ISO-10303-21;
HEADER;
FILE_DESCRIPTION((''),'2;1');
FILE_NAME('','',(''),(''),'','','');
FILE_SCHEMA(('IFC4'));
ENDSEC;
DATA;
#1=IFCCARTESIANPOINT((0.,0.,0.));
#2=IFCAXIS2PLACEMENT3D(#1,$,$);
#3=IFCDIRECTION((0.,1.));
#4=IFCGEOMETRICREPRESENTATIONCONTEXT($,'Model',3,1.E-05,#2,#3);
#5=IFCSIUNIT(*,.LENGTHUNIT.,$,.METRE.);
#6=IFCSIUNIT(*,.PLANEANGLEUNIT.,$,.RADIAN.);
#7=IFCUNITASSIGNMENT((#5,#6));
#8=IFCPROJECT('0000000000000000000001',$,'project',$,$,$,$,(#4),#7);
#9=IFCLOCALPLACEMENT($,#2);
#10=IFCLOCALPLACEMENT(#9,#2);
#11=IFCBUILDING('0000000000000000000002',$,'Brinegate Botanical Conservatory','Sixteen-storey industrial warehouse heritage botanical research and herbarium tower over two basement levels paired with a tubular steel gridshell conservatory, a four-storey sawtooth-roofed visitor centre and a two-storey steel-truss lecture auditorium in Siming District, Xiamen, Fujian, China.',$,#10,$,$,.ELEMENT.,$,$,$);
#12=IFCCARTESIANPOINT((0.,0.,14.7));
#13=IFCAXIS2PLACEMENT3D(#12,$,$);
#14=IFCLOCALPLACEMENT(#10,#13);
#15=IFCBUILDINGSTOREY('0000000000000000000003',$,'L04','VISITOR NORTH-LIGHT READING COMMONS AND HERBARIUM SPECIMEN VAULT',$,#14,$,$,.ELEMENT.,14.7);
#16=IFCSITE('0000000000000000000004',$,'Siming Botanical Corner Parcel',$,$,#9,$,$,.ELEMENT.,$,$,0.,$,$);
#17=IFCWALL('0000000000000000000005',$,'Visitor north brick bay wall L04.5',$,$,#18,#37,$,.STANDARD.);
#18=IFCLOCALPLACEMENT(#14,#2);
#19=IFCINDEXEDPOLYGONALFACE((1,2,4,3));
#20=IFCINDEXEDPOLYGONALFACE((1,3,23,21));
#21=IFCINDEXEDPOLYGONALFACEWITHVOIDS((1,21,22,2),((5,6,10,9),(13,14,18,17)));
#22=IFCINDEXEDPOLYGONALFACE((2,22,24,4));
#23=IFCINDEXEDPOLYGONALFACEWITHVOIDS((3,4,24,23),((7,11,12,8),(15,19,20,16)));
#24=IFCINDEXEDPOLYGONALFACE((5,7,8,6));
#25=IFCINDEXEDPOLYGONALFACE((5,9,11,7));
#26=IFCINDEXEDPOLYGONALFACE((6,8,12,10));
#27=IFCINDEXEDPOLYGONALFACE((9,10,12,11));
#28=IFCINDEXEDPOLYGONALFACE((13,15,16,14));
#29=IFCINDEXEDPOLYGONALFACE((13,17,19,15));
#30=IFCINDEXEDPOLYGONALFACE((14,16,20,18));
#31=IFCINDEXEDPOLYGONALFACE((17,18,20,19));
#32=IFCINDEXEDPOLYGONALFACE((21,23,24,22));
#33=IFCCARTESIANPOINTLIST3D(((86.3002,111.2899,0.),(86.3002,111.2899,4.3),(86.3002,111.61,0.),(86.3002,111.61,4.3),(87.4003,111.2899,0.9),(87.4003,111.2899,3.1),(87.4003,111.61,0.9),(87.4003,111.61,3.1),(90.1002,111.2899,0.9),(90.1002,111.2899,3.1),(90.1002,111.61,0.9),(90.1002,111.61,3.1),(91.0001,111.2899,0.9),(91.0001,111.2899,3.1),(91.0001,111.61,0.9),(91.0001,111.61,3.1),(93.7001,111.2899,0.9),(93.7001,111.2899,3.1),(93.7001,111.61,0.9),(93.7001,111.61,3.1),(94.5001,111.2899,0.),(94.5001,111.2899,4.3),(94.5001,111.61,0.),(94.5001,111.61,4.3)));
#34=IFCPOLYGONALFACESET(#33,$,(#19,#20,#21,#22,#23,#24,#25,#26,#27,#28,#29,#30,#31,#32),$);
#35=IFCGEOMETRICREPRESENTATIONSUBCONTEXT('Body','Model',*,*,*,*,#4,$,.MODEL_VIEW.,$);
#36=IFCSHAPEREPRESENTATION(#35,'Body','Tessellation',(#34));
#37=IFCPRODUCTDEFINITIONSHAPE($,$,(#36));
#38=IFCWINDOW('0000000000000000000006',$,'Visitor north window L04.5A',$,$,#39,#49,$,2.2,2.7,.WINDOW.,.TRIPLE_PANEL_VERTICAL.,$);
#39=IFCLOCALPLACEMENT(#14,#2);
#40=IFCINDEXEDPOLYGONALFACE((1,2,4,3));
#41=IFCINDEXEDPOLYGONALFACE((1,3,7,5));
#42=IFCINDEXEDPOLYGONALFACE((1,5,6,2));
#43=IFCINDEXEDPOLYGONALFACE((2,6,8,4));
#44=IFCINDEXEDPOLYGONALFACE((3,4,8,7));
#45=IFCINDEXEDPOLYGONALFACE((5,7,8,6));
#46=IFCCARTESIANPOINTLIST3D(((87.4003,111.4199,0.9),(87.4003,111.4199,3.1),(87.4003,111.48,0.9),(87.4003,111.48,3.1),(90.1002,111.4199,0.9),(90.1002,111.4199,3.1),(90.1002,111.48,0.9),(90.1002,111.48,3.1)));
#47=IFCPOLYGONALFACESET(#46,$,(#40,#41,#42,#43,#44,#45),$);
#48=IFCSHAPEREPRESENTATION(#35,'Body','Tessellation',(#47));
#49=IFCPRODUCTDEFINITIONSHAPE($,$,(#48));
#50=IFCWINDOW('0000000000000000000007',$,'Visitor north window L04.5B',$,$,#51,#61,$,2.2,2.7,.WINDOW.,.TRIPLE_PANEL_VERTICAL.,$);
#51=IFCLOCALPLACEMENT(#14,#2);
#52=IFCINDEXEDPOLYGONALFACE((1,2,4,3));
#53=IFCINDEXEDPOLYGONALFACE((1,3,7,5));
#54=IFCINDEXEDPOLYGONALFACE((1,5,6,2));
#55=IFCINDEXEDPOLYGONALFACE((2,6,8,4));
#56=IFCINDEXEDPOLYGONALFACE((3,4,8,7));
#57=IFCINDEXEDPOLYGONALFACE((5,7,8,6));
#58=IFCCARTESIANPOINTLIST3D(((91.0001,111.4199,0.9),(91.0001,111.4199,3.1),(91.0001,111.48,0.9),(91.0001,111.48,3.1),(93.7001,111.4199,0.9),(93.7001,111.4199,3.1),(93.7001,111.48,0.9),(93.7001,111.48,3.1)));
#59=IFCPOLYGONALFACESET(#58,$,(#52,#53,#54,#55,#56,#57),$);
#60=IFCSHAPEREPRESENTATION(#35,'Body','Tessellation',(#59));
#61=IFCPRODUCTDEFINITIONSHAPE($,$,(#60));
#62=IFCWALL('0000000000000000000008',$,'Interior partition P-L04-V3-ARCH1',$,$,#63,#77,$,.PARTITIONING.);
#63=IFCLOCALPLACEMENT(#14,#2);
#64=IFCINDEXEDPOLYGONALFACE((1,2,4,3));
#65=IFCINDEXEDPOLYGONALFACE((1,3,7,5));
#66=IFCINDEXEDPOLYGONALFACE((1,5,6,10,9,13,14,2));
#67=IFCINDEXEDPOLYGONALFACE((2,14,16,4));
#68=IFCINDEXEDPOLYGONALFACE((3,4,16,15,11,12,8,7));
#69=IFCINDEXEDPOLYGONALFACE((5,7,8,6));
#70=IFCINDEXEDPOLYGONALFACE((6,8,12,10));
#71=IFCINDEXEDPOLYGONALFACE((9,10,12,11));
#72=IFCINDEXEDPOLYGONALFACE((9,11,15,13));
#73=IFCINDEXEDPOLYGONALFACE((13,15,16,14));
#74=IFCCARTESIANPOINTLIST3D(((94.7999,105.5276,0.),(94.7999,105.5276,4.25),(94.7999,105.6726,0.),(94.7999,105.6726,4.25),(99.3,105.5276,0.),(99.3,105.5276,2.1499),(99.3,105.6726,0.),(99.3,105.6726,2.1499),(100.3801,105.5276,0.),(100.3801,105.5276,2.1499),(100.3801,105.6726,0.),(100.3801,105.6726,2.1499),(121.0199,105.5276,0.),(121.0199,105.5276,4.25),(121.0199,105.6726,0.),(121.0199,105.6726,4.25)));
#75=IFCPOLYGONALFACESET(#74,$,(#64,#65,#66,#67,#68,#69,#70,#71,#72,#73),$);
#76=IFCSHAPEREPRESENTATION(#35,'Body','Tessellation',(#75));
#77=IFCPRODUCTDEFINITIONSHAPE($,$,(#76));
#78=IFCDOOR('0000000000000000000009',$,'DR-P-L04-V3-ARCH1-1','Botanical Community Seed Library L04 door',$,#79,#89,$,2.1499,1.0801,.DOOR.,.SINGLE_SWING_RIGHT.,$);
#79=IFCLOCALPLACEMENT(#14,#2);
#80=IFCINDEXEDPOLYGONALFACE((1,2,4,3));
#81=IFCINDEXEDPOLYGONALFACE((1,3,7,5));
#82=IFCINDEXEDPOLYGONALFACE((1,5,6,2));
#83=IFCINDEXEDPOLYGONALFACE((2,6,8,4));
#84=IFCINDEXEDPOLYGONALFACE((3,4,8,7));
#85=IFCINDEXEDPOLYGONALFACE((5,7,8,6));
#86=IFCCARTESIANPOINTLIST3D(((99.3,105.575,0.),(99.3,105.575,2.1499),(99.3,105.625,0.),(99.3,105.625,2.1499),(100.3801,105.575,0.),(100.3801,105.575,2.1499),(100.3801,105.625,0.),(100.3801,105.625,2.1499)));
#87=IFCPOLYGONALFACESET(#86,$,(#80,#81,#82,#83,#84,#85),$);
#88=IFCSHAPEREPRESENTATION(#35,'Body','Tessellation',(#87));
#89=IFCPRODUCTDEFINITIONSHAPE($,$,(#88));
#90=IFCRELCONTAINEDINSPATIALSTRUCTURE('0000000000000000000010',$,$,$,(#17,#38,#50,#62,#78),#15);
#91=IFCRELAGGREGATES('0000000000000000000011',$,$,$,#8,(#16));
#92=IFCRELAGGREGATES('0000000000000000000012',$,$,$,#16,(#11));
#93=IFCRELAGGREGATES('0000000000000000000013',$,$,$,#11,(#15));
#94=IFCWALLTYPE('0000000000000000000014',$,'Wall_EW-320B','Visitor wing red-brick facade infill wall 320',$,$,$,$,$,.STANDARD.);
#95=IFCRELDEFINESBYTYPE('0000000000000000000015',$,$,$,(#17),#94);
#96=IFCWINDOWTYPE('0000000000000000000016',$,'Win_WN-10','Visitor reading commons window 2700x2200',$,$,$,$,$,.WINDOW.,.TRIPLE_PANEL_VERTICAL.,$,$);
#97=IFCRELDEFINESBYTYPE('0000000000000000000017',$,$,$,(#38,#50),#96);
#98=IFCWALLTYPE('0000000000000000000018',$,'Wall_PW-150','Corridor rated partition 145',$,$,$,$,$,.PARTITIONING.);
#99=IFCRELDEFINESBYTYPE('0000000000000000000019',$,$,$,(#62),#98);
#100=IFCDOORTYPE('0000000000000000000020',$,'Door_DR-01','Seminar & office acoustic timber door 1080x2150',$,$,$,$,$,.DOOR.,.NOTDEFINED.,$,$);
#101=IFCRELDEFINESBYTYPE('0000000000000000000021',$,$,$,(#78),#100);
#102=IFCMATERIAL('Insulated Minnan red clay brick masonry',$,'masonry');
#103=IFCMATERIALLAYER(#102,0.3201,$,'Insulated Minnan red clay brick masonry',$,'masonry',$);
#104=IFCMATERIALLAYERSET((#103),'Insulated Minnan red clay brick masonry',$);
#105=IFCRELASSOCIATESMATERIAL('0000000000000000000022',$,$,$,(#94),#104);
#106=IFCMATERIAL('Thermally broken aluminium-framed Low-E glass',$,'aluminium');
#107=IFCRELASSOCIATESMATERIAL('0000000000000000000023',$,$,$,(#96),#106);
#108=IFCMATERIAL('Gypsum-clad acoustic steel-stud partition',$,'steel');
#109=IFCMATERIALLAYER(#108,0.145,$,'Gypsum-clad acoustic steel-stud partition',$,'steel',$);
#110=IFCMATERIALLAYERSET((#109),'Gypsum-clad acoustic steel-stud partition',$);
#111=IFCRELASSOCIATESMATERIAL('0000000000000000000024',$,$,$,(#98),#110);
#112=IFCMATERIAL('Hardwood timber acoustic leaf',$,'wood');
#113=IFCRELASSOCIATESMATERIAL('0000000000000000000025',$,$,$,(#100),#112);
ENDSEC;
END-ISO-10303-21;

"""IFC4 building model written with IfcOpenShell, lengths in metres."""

from ifc_helpers import new_model, si_unit, direction, frame, frame_2d, origin, place, context, subcontext, project, spatial, rectangle, extrude, material, layer, layer_set, type_object, element, fill, save


model = new_model("IFC4")

# Units and contexts
model_context = context("Model", 3, precision=1e-05, world=origin(), true_north=direction((0.0, 1.0)))
body_context = subcontext(model_context, "Body", "Model", "MODEL_VIEW")
ifc_project = project(units=[si_unit("LENGTHUNIT", "METRE"), si_unit("PLANEANGLEUNIT", "RADIAN")], contexts=[model_context])

# Site, building, storey
site_placement = place(None, origin())
site = spatial("IfcSite", under=ifc_project, at=site_placement, Name="Siming Botanical Corner Parcel", CompositionType="ELEMENT", RefElevation=0.0)
building_placement = place(site_placement, origin())
building = spatial("IfcBuilding", under=site, at=building_placement, Name="Brinegate Botanical Conservatory", Description="Sixteen-storey industrial warehouse heritage botanical research and herbarium tower over two basement levels paired with a tubular steel gridshell conservatory, a four-storey sawtooth-roofed visitor centre and a two-storey steel-truss lecture auditorium in Siming District, Xiamen, Fujian, China.", CompositionType="ELEMENT")
storey_placement = place(building_placement, frame((0.0, 0.0, 14.7)))
storey = spatial("IfcBuildingStorey", under=building, at=storey_placement, Name="L04", Description="VISITOR NORTH-LIGHT READING COMMONS AND HERBARIUM SPECIMEN VAULT", CompositionType="ELEMENT", Elevation=14.7)

# Wall, openings, windows
ifc_material_1 = material(Name="Insulated Minnan red clay brick masonry", Category="masonry")
ifc_layer_1 = layer(ifc_material_1, 0.3201, Name="Insulated Minnan red clay brick masonry", Category="masonry")
ifc_layer_set_1 = layer_set([ifc_layer_1], Name="Insulated Minnan red clay brick masonry")
wall_type_1 = type_object("IfcWallType", Name="Wall_EW-320B", Description="Visitor wing red-brick facade infill wall 320", PredefinedType="STANDARD", material=ifc_layer_set_1)
wall_1_placement = place(storey_placement, frame((86.3, 111.45, 0.0), z_axis=(0.0, 0.0, 1.0), x_axis=(1.0, 0.0, 0.0)))
wall_1 = element("IfcWall", 1, at=wall_1_placement, inside=storey, type_object=wall_type_1, Name="Visitor north brick bay wall L04.5", PredefinedType="STANDARD", context=body_context, shape_type="SweptSolid", body=[
    extrude(rectangle(XDim=8.2, YDim=0.3201, at=frame_2d((4.1001, 0.0))), origin(), (0.0, 0.0, 1.0), 4.3),
])
opening_1_placement = place(wall_1_placement, frame((1.1001, 0.0, 0.8999)))
opening_1 = element("IfcOpeningElement", 2, at=opening_1_placement, cuts=wall_1, PredefinedType="OPENING", context=body_context, shape_type="SweptSolid", body=[
    extrude(rectangle(XDim=2.7, YDim=2.2, at=frame_2d((1.3501, 1.1001))), frame((0.0, 0.1699, 0.0), z_axis=(0.0, -1.0, 0.0), x_axis=(1.0, 0.0, 0.0)), (0.0, 0.0, 1.0), 0.3401),
])
opening_2_placement = place(wall_1_placement, frame((4.7, 0.0, 0.8999)))
opening_2 = element("IfcOpeningElement", 3, at=opening_2_placement, cuts=wall_1, PredefinedType="OPENING", context=body_context, shape_type="SweptSolid", body=[
    extrude(rectangle(XDim=2.7, YDim=2.2, at=frame_2d((1.3501, 1.1001))), frame((0.0, 0.1699, 0.0), z_axis=(0.0, -1.0, 0.0), x_axis=(1.0, 0.0, 0.0)), (0.0, 0.0, 1.0), 0.3401),
])
ifc_material_2 = material(Name="Thermally broken aluminium-framed Low-E glass", Category="aluminium")
window_type = type_object("IfcWindowType", Name="Win_WN-10", Description="Visitor reading commons window 2700x2200", PartitioningType="TRIPLE_PANEL_VERTICAL", PredefinedType="WINDOW", material=ifc_material_2)
window_1_placement = place(opening_1_placement, origin())
window_1 = element("IfcWindow", 4, at=window_1_placement, inside=storey, type_object=window_type, Name="Visitor north window L04.5A", OverallHeight=2.2, OverallWidth=2.7, PartitioningType="TRIPLE_PANEL_VERTICAL", PredefinedType="WINDOW", context=body_context, shape_type="SweptSolid", body=[
    extrude(rectangle(XDim=2.7, YDim=2.2, at=frame_2d((1.3501, 1.1001))), frame((0.0, 0.03, 0.0), z_axis=(0.0, -1.0, 0.0), x_axis=(1.0, 0.0, 0.0)), (0.0, 0.0, 1.0), 0.0601),
])
fill(opening_1, window_1)
window_2_placement = place(opening_2_placement, origin())
window_2 = element("IfcWindow", 5, at=window_2_placement, inside=storey, type_object=window_type, Name="Visitor north window L04.5B", OverallHeight=2.2, OverallWidth=2.7, PartitioningType="TRIPLE_PANEL_VERTICAL", PredefinedType="WINDOW", context=body_context, shape_type="SweptSolid", body=[
    extrude(rectangle(XDim=2.7, YDim=2.2, at=frame_2d((1.3501, 1.1001))), frame((0.0, 0.03, 0.0), z_axis=(0.0, -1.0, 0.0), x_axis=(1.0, 0.0, 0.0)), (0.0, 0.0, 1.0), 0.0601),
])
fill(opening_2, window_2)

# Wall, opening, door
ifc_material_3 = material(Name="Gypsum-clad acoustic steel-stud partition", Category="steel")
ifc_layer_2 = layer(ifc_material_3, 0.145, Name="Gypsum-clad acoustic steel-stud partition", Category="steel")
ifc_layer_set_2 = layer_set([ifc_layer_2], Name="Gypsum-clad acoustic steel-stud partition")
wall_type_2 = type_object("IfcWallType", Name="Wall_PW-150", Description="Corridor rated partition 145", PredefinedType="PARTITIONING", material=ifc_layer_set_2)
wall_2_placement = place(storey_placement, frame((94.8, 105.6001, 0.0), z_axis=(0.0, 0.0, 1.0), x_axis=(1.0, 0.0, 0.0)))
wall_2 = element("IfcWall", 6, at=wall_2_placement, inside=storey, type_object=wall_type_2, Name="Interior partition P-L04-V3-ARCH1", PredefinedType="PARTITIONING", context=body_context, shape_type="SweptSolid", body=[
    extrude(rectangle(XDim=26.22, YDim=0.145, at=frame_2d((13.1099, 0.0))), origin(), (0.0, 0.0, 1.0), 4.25),
])
opening_3_placement = place(wall_2_placement, frame((4.5, 0.0, 0.0)))
opening_3 = element("IfcOpeningElement", 7, at=opening_3_placement, cuts=wall_2, PredefinedType="OPENING", context=body_context, shape_type="SweptSolid", body=[
    extrude(rectangle(XDim=1.0801, YDim=2.1499, at=frame_2d((0.54, 1.075))), frame((0.0, 0.0825, 0.0), z_axis=(0.0, -1.0, 0.0), x_axis=(1.0, 0.0, 0.0)), (0.0, 0.0, 1.0), 0.165),
])
ifc_material_4 = material(Name="Hardwood timber acoustic leaf", Category="wood")
door_type = type_object("IfcDoorType", Name="Door_DR-01", Description="Seminar & office acoustic timber door 1080x2150", OperationType="NOTDEFINED", PredefinedType="DOOR", material=ifc_material_4)
door_placement = place(opening_3_placement, origin())
door = element("IfcDoor", 8, at=door_placement, inside=storey, type_object=door_type, Name="DR-P-L04-V3-ARCH1-1", Description="Botanical Community Seed Library L04 door", OperationType="SINGLE_SWING_RIGHT", OverallHeight=2.1499, OverallWidth=1.0801, PredefinedType="DOOR", context=body_context, shape_type="SweptSolid", body=[
    extrude(rectangle(XDim=1.0801, YDim=2.1499, at=frame_2d((0.54, 1.075))), frame((0.0, 0.0249, 0.0), z_axis=(0.0, -1.0, 0.0), x_axis=(1.0, 0.0, 0.0)), (0.0, 0.0, 1.0), 0.05),
])
fill(opening_3, door)

save(model, "model.ifc")
